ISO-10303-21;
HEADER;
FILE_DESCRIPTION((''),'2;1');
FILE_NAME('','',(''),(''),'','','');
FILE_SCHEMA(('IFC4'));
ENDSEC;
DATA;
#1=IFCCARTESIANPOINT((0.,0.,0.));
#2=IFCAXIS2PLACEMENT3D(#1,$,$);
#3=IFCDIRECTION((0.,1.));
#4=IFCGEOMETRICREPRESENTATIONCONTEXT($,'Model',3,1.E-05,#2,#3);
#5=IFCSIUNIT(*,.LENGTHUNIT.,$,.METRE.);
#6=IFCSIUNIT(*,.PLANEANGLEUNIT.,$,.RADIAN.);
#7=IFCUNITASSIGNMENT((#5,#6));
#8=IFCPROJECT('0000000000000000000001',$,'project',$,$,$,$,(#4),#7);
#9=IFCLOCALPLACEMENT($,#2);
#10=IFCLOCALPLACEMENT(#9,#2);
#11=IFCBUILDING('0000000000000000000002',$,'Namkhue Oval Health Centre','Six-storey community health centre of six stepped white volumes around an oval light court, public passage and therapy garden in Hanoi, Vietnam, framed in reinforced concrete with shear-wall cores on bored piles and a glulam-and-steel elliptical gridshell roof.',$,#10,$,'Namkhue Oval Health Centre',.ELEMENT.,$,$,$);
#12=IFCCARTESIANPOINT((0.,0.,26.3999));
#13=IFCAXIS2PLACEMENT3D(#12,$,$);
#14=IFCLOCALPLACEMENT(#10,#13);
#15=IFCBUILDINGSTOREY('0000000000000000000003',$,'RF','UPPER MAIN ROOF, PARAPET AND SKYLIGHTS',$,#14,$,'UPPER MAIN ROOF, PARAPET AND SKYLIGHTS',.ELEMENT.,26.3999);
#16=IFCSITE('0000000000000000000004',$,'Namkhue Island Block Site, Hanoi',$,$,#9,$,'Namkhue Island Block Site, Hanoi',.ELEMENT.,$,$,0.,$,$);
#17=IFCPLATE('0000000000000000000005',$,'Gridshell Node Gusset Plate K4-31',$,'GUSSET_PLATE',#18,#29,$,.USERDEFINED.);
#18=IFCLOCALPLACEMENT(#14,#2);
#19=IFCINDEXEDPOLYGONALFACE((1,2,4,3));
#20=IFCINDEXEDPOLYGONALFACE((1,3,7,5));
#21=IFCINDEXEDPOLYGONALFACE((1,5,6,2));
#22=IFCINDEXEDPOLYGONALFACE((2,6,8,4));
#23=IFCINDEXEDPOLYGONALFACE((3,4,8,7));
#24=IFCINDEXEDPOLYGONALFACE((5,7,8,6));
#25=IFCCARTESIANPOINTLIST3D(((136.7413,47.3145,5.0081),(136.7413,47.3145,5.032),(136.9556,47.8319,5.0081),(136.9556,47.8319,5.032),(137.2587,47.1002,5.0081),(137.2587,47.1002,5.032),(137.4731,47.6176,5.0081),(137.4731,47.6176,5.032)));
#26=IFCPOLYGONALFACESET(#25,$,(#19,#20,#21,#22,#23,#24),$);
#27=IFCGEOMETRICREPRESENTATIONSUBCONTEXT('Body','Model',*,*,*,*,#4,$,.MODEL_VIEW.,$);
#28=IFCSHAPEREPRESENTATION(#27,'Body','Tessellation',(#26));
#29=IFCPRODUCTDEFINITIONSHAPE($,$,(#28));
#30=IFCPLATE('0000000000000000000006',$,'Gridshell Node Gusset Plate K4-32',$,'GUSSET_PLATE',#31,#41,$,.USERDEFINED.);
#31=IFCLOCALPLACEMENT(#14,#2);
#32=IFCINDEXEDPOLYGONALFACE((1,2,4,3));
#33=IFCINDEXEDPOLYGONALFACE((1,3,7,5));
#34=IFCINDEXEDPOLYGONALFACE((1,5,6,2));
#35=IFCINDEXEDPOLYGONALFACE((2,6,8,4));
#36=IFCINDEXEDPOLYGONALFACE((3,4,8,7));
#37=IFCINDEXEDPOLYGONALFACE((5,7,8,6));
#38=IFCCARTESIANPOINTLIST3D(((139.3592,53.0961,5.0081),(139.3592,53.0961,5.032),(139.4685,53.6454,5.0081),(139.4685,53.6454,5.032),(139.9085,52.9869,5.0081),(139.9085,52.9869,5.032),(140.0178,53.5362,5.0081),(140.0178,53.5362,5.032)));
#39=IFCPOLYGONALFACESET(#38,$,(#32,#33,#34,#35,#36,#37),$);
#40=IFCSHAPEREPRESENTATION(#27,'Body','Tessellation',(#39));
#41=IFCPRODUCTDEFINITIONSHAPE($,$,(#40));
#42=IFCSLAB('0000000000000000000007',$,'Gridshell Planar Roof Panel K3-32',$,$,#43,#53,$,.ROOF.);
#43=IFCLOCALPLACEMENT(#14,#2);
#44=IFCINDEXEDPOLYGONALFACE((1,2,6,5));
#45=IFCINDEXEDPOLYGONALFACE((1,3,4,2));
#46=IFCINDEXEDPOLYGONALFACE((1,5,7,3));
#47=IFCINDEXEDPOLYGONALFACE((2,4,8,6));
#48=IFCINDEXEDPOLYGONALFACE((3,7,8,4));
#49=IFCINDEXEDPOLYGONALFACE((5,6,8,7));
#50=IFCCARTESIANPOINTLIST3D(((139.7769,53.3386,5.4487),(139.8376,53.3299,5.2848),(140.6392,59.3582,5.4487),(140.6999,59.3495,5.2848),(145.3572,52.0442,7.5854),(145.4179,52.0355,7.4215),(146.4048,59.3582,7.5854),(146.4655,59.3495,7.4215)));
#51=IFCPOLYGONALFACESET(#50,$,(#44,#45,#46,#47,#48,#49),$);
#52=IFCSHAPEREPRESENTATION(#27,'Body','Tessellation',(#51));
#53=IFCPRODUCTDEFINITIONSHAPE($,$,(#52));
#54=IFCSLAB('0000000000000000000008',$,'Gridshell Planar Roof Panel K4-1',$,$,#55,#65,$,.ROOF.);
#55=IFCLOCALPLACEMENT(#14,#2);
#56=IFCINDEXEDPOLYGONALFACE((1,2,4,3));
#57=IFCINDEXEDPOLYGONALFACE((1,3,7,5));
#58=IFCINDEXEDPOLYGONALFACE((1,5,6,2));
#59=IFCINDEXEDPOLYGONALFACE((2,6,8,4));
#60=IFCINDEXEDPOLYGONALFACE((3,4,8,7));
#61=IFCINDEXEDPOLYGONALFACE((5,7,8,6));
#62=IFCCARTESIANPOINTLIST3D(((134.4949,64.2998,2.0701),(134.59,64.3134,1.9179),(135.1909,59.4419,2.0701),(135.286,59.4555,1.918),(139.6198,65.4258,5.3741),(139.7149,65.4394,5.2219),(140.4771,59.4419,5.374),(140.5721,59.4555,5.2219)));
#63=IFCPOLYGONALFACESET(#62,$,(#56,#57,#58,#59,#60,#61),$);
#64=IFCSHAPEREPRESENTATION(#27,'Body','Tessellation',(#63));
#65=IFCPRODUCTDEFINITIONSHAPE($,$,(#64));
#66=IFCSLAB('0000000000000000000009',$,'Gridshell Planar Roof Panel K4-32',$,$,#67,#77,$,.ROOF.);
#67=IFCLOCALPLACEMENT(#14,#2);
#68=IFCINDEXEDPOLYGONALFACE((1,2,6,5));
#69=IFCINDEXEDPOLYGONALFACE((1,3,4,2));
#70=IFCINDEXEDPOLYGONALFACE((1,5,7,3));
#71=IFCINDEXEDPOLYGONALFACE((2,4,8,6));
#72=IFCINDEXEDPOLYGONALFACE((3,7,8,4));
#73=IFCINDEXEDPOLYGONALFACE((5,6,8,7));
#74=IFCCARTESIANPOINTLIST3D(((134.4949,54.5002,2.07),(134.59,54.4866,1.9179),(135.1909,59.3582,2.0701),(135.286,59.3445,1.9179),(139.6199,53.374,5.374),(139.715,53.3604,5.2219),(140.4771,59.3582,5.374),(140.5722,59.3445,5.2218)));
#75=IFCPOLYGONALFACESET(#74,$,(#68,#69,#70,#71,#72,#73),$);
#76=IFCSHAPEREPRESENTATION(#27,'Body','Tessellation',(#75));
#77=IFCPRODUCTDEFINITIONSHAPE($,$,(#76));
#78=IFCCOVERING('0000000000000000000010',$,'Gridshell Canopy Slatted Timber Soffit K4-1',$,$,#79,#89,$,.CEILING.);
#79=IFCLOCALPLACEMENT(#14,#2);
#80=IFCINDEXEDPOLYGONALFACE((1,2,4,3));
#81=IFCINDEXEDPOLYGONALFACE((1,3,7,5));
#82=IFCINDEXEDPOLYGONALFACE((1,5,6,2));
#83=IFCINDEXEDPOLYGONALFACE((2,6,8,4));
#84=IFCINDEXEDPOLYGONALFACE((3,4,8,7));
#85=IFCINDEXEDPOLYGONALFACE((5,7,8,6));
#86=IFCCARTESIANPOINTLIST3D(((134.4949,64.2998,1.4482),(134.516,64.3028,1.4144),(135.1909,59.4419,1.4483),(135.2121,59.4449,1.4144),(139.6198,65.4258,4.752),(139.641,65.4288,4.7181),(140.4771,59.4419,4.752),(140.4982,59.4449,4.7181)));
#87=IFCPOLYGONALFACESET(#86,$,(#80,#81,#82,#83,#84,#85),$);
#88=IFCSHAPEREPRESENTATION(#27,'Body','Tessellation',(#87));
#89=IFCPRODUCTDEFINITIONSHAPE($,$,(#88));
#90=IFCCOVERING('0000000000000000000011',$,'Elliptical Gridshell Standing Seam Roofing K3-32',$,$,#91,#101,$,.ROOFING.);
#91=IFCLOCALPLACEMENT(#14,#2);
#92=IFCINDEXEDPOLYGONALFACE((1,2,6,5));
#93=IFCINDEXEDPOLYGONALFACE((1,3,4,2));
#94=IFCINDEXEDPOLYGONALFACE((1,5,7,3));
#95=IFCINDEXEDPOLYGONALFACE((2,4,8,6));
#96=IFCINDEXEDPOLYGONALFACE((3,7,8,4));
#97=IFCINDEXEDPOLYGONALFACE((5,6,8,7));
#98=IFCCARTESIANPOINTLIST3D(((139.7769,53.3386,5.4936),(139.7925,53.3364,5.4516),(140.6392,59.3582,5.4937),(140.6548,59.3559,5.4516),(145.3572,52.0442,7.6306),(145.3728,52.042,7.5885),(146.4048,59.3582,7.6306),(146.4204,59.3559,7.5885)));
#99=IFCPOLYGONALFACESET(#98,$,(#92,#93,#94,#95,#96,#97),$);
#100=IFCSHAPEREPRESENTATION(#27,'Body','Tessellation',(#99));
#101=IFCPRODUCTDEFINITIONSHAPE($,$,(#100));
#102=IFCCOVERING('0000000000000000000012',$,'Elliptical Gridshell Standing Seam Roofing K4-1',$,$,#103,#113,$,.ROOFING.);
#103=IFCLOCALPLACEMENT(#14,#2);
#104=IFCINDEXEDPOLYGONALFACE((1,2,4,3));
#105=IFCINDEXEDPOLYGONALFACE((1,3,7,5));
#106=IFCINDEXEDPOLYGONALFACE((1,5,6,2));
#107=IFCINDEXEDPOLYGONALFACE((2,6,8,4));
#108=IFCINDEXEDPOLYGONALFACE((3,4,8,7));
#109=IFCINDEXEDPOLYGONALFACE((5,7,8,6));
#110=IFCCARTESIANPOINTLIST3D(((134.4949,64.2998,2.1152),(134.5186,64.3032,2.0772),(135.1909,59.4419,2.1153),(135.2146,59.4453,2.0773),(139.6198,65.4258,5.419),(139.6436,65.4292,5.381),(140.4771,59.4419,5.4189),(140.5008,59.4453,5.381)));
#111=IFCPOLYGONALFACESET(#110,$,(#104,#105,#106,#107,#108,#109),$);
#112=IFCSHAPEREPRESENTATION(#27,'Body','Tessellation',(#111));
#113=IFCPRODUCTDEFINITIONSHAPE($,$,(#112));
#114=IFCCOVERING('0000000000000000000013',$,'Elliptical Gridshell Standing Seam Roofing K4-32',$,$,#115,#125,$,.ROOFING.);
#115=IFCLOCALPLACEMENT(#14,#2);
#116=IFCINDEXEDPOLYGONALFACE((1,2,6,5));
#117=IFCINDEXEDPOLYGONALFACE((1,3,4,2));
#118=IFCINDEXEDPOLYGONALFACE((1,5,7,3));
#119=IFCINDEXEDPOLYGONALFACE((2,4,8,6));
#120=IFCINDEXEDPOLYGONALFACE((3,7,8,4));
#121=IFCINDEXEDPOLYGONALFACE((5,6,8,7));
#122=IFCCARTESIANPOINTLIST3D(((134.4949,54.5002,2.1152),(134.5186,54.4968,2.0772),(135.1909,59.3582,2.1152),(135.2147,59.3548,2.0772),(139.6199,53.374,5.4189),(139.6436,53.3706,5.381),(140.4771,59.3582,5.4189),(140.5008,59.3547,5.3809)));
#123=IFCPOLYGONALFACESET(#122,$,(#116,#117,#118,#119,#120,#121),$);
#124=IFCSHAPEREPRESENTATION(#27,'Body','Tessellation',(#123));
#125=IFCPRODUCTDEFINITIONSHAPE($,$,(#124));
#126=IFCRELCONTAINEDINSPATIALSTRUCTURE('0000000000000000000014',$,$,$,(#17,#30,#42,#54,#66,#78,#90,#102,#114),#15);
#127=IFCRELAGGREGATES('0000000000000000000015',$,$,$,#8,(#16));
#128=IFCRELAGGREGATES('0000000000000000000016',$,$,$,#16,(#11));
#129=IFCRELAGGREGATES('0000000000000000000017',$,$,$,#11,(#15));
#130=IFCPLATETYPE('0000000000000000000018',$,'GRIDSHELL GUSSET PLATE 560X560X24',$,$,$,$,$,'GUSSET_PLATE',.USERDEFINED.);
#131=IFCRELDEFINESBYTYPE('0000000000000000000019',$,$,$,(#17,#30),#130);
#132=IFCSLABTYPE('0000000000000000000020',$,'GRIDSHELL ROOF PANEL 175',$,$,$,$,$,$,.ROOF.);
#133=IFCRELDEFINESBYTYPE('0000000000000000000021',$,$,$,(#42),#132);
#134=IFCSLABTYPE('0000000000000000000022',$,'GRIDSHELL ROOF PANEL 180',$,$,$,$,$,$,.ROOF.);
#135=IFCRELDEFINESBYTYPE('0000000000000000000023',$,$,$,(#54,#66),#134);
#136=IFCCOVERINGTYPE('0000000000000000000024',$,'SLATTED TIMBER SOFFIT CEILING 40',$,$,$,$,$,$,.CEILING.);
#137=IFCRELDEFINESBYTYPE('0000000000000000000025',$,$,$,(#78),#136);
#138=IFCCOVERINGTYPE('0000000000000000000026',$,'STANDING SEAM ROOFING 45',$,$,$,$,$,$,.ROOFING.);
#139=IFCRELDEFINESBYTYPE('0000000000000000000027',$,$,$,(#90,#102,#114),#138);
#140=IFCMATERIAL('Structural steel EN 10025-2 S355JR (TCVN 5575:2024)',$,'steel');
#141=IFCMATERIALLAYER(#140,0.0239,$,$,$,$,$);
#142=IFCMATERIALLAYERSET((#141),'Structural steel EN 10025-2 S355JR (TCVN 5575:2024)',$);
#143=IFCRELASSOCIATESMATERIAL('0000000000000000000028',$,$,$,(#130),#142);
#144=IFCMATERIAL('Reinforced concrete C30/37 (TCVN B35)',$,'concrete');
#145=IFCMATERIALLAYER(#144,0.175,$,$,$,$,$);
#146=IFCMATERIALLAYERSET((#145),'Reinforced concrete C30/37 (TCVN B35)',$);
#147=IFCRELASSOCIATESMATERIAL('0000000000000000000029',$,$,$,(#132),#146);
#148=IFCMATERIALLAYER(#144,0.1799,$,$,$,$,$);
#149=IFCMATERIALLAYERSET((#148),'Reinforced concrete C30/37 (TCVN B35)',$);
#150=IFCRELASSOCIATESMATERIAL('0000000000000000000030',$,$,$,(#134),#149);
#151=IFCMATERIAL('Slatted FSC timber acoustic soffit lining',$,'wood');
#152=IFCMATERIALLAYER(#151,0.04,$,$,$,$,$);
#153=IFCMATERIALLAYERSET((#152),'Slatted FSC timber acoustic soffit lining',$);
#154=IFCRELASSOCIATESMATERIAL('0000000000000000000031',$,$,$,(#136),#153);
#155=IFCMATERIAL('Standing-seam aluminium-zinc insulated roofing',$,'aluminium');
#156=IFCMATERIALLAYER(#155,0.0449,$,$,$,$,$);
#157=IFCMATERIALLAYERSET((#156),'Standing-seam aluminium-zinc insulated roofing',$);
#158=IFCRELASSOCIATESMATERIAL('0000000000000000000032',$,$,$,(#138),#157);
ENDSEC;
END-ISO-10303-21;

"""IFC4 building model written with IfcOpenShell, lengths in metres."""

from ifc_helpers import new_model, si_unit, direction, frame, origin, origin_2d, place, context, subcontext, project, spatial, polyline, rectangle, outline, extrude, material, layer, layer_set, type_object, element, save


model = new_model("IFC4")

# Units and contexts
model_context = context("Model", 3, precision=1e-05, world=origin(), true_north=direction((0.0, 1.0)))
body_context = subcontext(model_context, "Body", "Model", "MODEL_VIEW")
ifc_project = project(units=[si_unit("LENGTHUNIT", "METRE"), si_unit("PLANEANGLEUNIT", "RADIAN")], contexts=[model_context])

# Site, building, storey
site_placement = place(None, origin())
site = spatial("IfcSite", under=ifc_project, at=site_placement, Name="Namkhue Island Block Site, Hanoi", LongName="Namkhue Island Block Site, Hanoi", CompositionType="ELEMENT", RefElevation=0.0)
building_placement = place(site_placement, origin())
building = spatial("IfcBuilding", under=site, at=building_placement, Name="Namkhue Oval Health Centre", Description="Six-storey community health centre of six stepped white volumes around an oval light court, public passage and therapy garden in Hanoi, Vietnam, framed in reinforced concrete with shear-wall cores on bored piles and a glulam-and-steel elliptical gridshell roof.", LongName="Namkhue Oval Health Centre", CompositionType="ELEMENT")
storey_placement = place(building_placement, frame((0.0, 0.0, 26.3999)))
storey = spatial("IfcBuildingStorey", under=building, at=storey_placement, Name="RF", Description="UPPER MAIN ROOF, PARAPET AND SKYLIGHTS", LongName="UPPER MAIN ROOF, PARAPET AND SKYLIGHTS", CompositionType="ELEMENT", Elevation=26.3999)

# Shared definitions
ifc_material_1 = material(Name="Structural steel EN 10025-2 S355JR (TCVN 5575:2024)", Category="steel")

# Plates
ifc_layer_1 = layer(ifc_material_1, 0.0239)
ifc_layer_set_1 = layer_set([ifc_layer_1], Name="Structural steel EN 10025-2 S355JR (TCVN 5575:2024)")
plate_type_1 = type_object("IfcPlateType", Name="GRIDSHELL GUSSET PLATE 560X560X24", ElementType="GUSSET_PLATE", PredefinedType="USERDEFINED", material=ifc_layer_set_1)
for number, where, z_axis, x_axis, name in (
    (1, (137.1072, 47.4661, 5.0081), (0.0, 0.0, 1.0), (0.92388, -0.382683, 0.0), "Gridshell Node Gusset Plate K4-31"),
    (2, (139.6885, 53.3162, 5.0081), (0.0, 0.0, 1.0), (0.980785, -0.19509, 0.0), "Gridshell Node Gusset Plate K4-32"),
):
    element("IfcPlate", number, at=place(storey_placement, frame(where, z_axis=z_axis, x_axis=x_axis)), inside=storey, type_object=plate_type_1, Name=name, ObjectType="GUSSET_PLATE", PredefinedType="USERDEFINED", context=body_context, shape_type="SweptSolid", body=[
        extrude(rectangle(XDim=0.5601, YDim=0.5601, at=origin_2d()), origin(), (0.0, 0.0, 1.0), 0.0239),
    ])

# Slabs
ifc_material_2 = material(Name="Reinforced concrete C30/37 (TCVN B35)", Category="concrete")
ifc_layer_2 = layer(ifc_material_2, 0.175)
ifc_layer_set_2 = layer_set([ifc_layer_2], Name="Reinforced concrete C30/37 (TCVN B35)")
slab_type_1 = type_object("IfcSlabType", Name="GRIDSHELL ROOF PANEL 175", PredefinedType="ROOF", material=ifc_layer_set_2)
slab_1_placement = place(storey_placement, frame((145.3572, 52.0442, 7.5854), z_axis=(-0.347068, 0.049715, 0.936521), x_axis=(0.141788, 0.989897, -0.000003)))
element("IfcSlab", 3, at=slab_1_placement, inside=storey, type_object=slab_type_1, Name="Gridshell Planar Roof Panel K3-32", PredefinedType="ROOF", context=body_context, shape_type="SweptSolid", body=[
    extrude(outline(polyline([(0.0, 0.0), (7.3886, 0.0), (6.5711, 6.0942), (0.4901, 6.0943), (0.0, 0.0)])), origin(), (0.0, 0.0, -1.0), 0.175),
])
ifc_layer_3 = layer(ifc_material_2, 0.1799)
ifc_layer_set_3 = layer_set([ifc_layer_3], Name="Reinforced concrete C30/37 (TCVN B35)")
slab_type_2 = type_object("IfcSlabType", Name="GRIDSHELL ROOF PANEL 180", PredefinedType="ROOF", material=ifc_layer_set_3)
slab_2_placement = place(storey_placement, frame((140.4771, 59.4419, 5.374), z_axis=(-0.528485, -0.075712, 0.84556), x_axis=(-0.141804, 0.989895, 0.000007)))
element("IfcSlab", 4, at=slab_2_placement, inside=storey, type_object=slab_type_2, Name="Gridshell Planar Roof Panel K4-1", PredefinedType="ROOF", context=body_context, shape_type="SweptSolid", body=[
    extrude(outline(polyline([(0.0, 0.0), (6.045, 0.0), (5.6571, 6.1886), (0.7496, 6.1885), (0.0, 0.0)])), origin(), (0.0, 0.0, -1.0), 0.1799),
])
slab_3_placement = place(storey_placement, frame((139.6199, 53.374, 5.374), z_axis=(-0.528484, 0.07571, 0.84556), x_axis=(0.141799, 0.989895, -0.000008)))
element("IfcSlab", 5, at=slab_3_placement, inside=storey, type_object=slab_type_2, Name="Gridshell Planar Roof Panel K4-32", PredefinedType="ROOF", context=body_context, shape_type="SweptSolid", body=[
    extrude(outline(polyline([(0.0, 0.0), (6.0452, 0.0), (5.2957, 6.1885), (0.3881, 6.1887), (0.0, 0.0)])), origin(), (0.0, 0.0, -1.0), 0.1799),
])

# Coverings
ifc_material_3 = material(Name="Slatted FSC timber acoustic soffit lining", Category="wood")
ifc_layer_4 = layer(ifc_material_3, 0.04)
ifc_layer_set_4 = layer_set([ifc_layer_4], Name="Slatted FSC timber acoustic soffit lining")
covering_type_1 = type_object("IfcCoveringType", Name="SLATTED TIMBER SOFFIT CEILING 40", PredefinedType="CEILING", material=ifc_layer_set_4)
covering_1_placement = place(storey_placement, frame((140.4771, 59.4419, 4.752), z_axis=(-0.528457, -0.075708, 0.845577), x_axis=(-0.141804, 0.989895, 0.000007)))
element("IfcCovering", 6, at=covering_1_placement, inside=storey, type_object=covering_type_1, Name="Gridshell Canopy Slatted Timber Soffit K4-1", PredefinedType="CEILING", context=body_context, shape_type="SweptSolid", body=[
    extrude(outline(polyline([(0.0, 0.0), (6.045, 0.0), (5.6571, 6.1885), (0.7496, 6.1884), (0.0, 0.0)])), origin(), (0.0, 0.0, -1.0), 0.04),
])
ifc_material_4 = material(Name="Standing-seam aluminium-zinc insulated roofing", Category="aluminium")
ifc_layer_5 = layer(ifc_material_4, 0.0449)
ifc_layer_set_5 = layer_set([ifc_layer_5], Name="Standing-seam aluminium-zinc insulated roofing")
covering_type_2 = type_object("IfcCoveringType", Name="STANDING SEAM ROOFING 45", PredefinedType="ROOFING", material=ifc_layer_set_5)
covering_2_placement = place(storey_placement, frame((145.3572, 52.0442, 7.6306), z_axis=(-0.347103, 0.04972, 0.936508), x_axis=(0.141788, 0.989897, -0.000003)))
element("IfcCovering", 7, at=covering_2_placement, inside=storey, type_object=covering_type_2, Name="Elliptical Gridshell Standing Seam Roofing K3-32", PredefinedType="ROOFING", context=body_context, shape_type="SweptSolid", body=[
    extrude(outline(polyline([(0.0, 0.0), (7.3886, 0.0), (6.5711, 6.0943), (0.4901, 6.0944), (0.0, 0.0)])), origin(), (0.0, 0.0, -1.0), 0.0449),
])
covering_3_placement = place(storey_placement, frame((140.4771, 59.4419, 5.4189), z_axis=(-0.528457, -0.075708, 0.845577), x_axis=(-0.141804, 0.989895, 0.000007)))
element("IfcCovering", 8, at=covering_3_placement, inside=storey, type_object=covering_type_2, Name="Elliptical Gridshell Standing Seam Roofing K4-1", PredefinedType="ROOFING", context=body_context, shape_type="SweptSolid", body=[
    extrude(outline(polyline([(0.0, 0.0), (6.045, 0.0), (5.6571, 6.1885), (0.7496, 6.1884), (0.0, 0.0)])), origin(), (0.0, 0.0, -1.0), 0.0449),
])
covering_4_placement = place(storey_placement, frame((139.6199, 53.374, 5.4189), z_axis=(-0.528456, 0.075706, 0.845578), x_axis=(0.141799, 0.989895, -0.000008)))
element("IfcCovering", 9, at=covering_4_placement, inside=storey, type_object=covering_type_2, Name="Elliptical Gridshell Standing Seam Roofing K4-32", PredefinedType="ROOFING", context=body_context, shape_type="SweptSolid", body=[
    extrude(outline(polyline([(0.0, 0.0), (6.0452, 0.0), (5.2957, 6.1884), (0.3881, 6.1885), (0.0, 0.0)])), origin(), (0.0, 0.0, -1.0), 0.0449),
])

save(model, "model.ifc")
